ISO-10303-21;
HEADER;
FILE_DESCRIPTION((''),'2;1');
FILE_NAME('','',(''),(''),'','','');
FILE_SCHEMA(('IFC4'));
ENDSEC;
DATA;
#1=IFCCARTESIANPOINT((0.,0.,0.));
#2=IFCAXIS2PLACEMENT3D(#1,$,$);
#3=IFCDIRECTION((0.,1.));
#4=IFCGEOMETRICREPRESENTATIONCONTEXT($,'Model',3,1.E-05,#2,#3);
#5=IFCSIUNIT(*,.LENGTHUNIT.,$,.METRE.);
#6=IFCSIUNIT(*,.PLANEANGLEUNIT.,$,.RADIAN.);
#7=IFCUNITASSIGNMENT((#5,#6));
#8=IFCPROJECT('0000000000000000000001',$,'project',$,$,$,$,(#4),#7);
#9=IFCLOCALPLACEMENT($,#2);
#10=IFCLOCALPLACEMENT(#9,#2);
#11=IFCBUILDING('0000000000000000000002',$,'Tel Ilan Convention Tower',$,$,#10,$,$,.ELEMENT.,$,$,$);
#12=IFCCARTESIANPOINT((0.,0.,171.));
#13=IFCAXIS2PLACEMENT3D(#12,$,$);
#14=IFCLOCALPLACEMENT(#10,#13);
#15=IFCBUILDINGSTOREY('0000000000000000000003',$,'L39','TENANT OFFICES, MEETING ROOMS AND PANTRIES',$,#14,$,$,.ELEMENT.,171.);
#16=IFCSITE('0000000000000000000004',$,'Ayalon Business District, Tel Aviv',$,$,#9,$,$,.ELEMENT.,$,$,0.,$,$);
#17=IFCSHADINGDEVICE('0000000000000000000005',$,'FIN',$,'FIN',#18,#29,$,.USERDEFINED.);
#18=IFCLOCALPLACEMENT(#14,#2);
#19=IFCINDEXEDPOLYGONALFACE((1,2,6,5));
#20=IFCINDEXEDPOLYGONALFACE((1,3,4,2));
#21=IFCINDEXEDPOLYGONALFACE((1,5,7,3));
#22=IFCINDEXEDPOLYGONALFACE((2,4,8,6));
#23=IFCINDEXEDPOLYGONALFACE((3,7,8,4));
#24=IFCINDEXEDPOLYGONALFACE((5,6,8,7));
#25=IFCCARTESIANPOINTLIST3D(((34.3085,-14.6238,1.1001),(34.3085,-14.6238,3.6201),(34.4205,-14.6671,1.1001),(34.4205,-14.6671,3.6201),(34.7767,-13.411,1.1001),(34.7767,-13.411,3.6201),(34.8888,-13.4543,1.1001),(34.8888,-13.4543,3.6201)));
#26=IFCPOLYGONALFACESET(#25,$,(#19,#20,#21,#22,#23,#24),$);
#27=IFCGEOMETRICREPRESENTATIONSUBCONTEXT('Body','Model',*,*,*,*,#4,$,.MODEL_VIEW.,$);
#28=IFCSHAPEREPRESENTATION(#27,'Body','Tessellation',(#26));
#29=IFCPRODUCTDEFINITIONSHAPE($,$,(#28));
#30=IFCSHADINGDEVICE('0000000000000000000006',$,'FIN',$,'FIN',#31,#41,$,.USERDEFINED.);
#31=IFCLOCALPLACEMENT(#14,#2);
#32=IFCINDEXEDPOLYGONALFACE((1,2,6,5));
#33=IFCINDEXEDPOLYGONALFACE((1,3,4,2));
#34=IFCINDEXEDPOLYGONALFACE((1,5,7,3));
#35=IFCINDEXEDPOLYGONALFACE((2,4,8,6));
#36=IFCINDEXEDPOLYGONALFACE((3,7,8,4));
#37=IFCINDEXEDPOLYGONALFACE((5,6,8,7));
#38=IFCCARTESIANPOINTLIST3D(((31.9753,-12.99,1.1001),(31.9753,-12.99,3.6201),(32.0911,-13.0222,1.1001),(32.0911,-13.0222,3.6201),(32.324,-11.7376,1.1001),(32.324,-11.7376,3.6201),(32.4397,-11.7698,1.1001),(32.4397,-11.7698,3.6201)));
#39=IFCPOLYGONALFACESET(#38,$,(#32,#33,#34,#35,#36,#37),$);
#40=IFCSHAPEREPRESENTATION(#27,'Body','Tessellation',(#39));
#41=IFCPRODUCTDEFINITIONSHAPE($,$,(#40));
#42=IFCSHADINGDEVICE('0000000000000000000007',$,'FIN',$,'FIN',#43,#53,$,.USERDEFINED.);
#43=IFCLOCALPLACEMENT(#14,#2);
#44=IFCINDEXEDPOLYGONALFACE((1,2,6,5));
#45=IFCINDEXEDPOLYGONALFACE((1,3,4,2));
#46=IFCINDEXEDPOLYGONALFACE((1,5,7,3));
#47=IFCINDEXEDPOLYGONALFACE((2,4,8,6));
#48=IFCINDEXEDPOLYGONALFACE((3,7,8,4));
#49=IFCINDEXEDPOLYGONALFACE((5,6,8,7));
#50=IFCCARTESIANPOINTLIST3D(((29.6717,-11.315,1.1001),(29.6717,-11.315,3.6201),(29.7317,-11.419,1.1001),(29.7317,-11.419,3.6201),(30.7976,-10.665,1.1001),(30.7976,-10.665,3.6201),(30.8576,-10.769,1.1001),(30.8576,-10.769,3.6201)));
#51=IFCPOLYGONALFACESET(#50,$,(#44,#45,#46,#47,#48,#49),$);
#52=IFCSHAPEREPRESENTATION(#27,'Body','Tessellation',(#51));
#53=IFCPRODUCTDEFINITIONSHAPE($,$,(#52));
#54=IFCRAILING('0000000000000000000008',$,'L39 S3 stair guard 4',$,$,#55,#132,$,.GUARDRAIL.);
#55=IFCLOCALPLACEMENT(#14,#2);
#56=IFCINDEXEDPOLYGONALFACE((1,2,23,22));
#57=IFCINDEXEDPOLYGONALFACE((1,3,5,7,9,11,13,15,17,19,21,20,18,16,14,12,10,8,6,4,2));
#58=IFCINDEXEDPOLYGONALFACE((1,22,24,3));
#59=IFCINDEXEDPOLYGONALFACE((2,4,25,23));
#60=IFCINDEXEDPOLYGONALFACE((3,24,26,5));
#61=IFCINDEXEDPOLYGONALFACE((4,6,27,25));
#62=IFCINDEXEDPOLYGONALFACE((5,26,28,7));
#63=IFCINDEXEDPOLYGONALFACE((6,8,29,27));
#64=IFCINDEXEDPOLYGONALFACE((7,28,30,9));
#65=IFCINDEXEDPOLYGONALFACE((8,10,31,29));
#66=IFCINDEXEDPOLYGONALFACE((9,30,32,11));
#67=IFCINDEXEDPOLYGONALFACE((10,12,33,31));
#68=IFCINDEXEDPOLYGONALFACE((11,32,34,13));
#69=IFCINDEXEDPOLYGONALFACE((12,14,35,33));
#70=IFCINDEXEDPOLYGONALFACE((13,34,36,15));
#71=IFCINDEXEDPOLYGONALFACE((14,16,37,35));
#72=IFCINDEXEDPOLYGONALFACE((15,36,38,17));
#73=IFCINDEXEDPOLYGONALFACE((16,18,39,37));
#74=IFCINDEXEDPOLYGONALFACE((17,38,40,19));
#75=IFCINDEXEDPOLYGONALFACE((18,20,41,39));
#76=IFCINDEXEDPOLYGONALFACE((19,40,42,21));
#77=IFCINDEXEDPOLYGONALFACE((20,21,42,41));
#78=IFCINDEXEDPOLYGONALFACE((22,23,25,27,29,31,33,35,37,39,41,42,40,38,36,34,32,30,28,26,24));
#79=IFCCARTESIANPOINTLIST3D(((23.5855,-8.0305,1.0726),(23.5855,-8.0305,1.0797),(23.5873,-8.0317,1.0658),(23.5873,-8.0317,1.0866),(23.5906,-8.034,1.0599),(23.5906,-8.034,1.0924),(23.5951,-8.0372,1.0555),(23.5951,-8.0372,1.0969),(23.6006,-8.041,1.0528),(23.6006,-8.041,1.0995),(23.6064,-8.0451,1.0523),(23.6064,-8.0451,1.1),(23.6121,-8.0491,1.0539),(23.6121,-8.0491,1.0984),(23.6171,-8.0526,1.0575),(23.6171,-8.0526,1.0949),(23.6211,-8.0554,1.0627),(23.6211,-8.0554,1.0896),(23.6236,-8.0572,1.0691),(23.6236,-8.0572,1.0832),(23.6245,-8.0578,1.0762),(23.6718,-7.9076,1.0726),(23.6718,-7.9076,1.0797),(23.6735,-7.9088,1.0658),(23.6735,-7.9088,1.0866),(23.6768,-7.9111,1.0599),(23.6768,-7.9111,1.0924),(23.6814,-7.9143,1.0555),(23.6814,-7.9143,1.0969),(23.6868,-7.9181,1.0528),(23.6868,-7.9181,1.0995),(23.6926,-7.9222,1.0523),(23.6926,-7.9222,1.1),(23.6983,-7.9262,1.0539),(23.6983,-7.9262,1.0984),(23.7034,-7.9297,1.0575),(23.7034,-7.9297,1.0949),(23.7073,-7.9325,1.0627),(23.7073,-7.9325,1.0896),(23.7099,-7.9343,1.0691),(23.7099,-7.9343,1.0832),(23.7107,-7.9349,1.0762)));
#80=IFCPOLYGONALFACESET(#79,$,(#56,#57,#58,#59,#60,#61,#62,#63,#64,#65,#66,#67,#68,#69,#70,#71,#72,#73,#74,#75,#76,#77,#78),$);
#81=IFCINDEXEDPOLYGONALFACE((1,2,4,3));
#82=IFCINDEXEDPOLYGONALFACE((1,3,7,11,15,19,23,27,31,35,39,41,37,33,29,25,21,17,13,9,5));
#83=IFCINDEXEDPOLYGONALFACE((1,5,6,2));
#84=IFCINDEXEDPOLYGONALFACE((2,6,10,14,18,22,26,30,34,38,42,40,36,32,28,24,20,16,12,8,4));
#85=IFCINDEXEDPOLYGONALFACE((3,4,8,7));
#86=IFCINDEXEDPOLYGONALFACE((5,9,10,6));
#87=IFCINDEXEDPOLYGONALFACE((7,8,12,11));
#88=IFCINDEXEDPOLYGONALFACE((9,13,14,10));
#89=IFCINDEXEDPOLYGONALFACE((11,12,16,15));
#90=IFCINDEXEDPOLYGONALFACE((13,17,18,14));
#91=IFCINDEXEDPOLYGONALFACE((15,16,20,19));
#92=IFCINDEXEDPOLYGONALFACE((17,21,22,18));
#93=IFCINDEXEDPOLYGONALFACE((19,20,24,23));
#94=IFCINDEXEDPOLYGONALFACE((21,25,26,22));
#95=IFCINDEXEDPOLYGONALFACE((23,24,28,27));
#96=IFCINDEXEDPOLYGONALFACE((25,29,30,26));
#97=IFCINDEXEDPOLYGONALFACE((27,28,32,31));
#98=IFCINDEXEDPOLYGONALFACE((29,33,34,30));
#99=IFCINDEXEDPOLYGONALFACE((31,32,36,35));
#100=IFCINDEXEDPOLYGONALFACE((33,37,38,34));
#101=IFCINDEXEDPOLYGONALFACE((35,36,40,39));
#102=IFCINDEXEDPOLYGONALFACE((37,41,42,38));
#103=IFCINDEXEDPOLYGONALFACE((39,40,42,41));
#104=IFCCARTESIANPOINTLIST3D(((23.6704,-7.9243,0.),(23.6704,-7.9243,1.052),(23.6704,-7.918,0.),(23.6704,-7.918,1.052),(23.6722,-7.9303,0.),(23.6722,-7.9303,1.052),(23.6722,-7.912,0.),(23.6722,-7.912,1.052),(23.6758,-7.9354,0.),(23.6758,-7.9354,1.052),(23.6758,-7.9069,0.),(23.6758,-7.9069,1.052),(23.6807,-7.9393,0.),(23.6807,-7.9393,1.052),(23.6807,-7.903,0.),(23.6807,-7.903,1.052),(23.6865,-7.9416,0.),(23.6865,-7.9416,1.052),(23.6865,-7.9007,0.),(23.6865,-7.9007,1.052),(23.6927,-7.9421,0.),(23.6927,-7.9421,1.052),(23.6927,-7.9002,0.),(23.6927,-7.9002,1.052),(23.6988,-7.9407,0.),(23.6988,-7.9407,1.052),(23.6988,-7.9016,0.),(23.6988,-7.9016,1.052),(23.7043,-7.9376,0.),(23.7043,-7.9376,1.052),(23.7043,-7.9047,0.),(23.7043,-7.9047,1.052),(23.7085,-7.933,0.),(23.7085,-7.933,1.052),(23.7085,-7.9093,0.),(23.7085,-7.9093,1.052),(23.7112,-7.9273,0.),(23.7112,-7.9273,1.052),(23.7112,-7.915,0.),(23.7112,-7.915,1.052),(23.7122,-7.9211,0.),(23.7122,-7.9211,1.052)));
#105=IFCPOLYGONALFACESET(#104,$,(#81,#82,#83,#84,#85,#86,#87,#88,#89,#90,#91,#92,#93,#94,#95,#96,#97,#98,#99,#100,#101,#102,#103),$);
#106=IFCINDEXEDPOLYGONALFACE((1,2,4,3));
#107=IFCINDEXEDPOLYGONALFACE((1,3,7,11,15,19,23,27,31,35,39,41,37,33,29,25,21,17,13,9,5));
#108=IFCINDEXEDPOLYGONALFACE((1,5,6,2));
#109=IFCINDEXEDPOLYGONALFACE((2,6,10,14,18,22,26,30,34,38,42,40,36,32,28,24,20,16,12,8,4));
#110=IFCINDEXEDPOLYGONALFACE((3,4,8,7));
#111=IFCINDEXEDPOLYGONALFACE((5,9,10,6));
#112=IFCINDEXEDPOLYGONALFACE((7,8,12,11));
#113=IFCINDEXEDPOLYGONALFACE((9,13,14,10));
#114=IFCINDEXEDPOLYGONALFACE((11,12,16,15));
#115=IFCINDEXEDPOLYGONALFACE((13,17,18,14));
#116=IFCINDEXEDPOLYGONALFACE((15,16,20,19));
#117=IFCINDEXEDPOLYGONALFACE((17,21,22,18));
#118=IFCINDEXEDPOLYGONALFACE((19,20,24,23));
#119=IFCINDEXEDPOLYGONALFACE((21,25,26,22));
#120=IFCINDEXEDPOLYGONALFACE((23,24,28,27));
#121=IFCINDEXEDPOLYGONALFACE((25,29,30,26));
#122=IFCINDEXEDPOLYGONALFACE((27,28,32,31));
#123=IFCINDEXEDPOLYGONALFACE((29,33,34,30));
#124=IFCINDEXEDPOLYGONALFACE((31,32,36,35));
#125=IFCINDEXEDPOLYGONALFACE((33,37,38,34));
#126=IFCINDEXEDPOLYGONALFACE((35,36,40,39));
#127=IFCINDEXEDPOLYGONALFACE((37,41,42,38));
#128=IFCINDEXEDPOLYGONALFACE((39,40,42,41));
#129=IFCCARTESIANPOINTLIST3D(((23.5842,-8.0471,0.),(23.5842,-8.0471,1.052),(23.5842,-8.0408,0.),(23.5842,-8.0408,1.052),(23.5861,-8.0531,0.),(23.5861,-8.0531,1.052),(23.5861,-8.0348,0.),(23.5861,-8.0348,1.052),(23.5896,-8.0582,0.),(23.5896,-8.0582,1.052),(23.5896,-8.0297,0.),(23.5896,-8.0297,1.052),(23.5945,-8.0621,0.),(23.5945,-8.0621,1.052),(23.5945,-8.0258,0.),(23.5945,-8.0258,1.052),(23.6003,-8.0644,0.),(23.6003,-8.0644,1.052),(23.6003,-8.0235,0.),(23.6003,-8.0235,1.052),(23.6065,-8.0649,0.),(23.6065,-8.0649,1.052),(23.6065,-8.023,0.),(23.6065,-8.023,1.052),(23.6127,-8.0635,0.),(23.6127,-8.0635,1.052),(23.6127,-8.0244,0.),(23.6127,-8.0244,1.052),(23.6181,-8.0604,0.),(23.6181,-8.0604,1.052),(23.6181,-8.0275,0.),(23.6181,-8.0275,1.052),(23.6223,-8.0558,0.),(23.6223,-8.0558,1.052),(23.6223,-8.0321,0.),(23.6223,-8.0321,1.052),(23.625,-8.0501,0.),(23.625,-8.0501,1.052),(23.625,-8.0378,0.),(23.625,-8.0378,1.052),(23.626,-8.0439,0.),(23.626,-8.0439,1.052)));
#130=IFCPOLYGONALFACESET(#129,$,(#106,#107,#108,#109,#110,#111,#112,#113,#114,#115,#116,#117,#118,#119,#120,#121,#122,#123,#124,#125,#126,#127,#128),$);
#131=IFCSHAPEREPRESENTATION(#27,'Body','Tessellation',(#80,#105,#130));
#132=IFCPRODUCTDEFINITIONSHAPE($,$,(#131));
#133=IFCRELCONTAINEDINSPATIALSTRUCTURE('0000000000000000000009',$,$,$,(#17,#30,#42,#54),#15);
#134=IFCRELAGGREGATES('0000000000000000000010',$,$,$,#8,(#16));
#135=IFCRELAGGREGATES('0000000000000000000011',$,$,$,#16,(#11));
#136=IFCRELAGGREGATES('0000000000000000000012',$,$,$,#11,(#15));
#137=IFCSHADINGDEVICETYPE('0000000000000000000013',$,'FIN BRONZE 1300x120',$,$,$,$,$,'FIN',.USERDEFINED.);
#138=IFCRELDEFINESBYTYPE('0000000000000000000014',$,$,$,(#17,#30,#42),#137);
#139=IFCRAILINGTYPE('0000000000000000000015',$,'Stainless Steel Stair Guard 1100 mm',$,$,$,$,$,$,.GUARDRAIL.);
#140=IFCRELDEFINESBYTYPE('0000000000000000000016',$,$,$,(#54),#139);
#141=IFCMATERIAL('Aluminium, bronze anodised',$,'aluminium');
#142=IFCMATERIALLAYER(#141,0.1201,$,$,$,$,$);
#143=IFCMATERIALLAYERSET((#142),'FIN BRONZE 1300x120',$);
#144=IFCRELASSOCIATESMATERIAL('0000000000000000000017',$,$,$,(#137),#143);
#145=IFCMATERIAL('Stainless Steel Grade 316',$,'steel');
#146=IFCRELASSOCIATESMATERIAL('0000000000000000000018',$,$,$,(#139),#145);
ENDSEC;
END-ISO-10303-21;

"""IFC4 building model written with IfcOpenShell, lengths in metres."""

from ifc_helpers import new_model, si_unit, direction, frame, origin, origin_2d, place, context, subcontext, project, spatial, rectangle, circle, extrude, material, layer, layer_set, type_object, element, save


model = new_model("IFC4")

# Units and contexts
model_context = context("Model", 3, precision=1e-05, world=origin(), true_north=direction((0.0, 1.0)))
body_context = subcontext(model_context, "Body", "Model", "MODEL_VIEW")
ifc_project = project(units=[si_unit("LENGTHUNIT", "METRE"), si_unit("PLANEANGLEUNIT", "RADIAN")], contexts=[model_context])

# Site, building, storey
site_placement = place(None, origin())
site = spatial("IfcSite", under=ifc_project, at=site_placement, Name="Ayalon Business District, Tel Aviv", CompositionType="ELEMENT", RefElevation=0.0)
building_placement = place(site_placement, origin())
building = spatial("IfcBuilding", under=site, at=building_placement, Name="Tel Ilan Convention Tower", CompositionType="ELEMENT")
storey_placement = place(building_placement, frame((0.0, 0.0, 171.0)))
storey = spatial("IfcBuildingStorey", under=building, at=storey_placement, Name="L39", Description="TENANT OFFICES, MEETING ROOMS AND PANTRIES", CompositionType="ELEMENT", Elevation=171.0)

# Shading devices
ifc_material_1 = material(Name="Aluminium, bronze anodised", Category="aluminium")
ifc_layer_1 = layer(ifc_material_1, 0.1201)
ifc_layer_set_1 = layer_set([ifc_layer_1], Name="FIN BRONZE 1300x120")
shading_device_type = type_object("IfcShadingDeviceType", Name="FIN BRONZE 1300x120", ElementType="FIN", PredefinedType="USERDEFINED", material=ifc_layer_set_1)
for number, where, z_axis, x_axis, name in (
    (1, (34.5986, -14.0391, 1.1001), (0.0, 0.0, 1.0), (0.360178, 0.932884, 0.0), "FIN"),
    (2, (32.2075, -12.3799, 1.1001), (0.0, 0.0, 1.0), (0.268173, 0.963371, 0.0), "FIN"),
    (3, (30.2646, -11.042, 1.1001), (0.0, 0.0, 1.0), (0.866025, 0.5, 0.0), "FIN"),
):
    element("IfcShadingDevice", number, at=place(storey_placement, frame(where, z_axis=z_axis, x_axis=x_axis)), inside=storey, type_object=shading_device_type, Name=name, ObjectType="FIN", PredefinedType="USERDEFINED", context=body_context, shape_type="SweptSolid", body=[
        extrude(rectangle(XDim=1.3, YDim=0.1201, at=origin_2d()), origin(), (0.0, 0.0, 1.0), 2.52),
    ])

# Railing
ifc_material_2 = material(Name="Stainless Steel Grade 316", Category="steel")
railing_type_1 = type_object("IfcRailingType", Name="Stainless Steel Stair Guard 1100 mm", PredefinedType="GUARDRAIL", material=ifc_material_2)
railing_1_placement = place(storey_placement, frame((23.6912, -7.9211, 0.0)))
element("IfcRailing", 4, at=railing_1_placement, inside=storey, type_object=railing_type_1, Name="L39 S3 stair guard 4", PredefinedType="GUARDRAIL", context=body_context, shape_type="SweptSolid", body=[
    extrude(circle(Radius=0.0239, at=origin_2d()), frame((0.0, 0.0, 1.0762), z_axis=(-0.574445, -0.818543, 0.0), x_axis=(0.818543, -0.574445, 0.0)), (0.0, 0.0, 1.0), 0.1501),
    extrude(circle(Radius=0.021, at=origin_2d()), origin(), (0.0, 0.0, 1.0), 1.052),
    extrude(circle(Radius=0.021, at=origin_2d()), frame((-0.0862, -0.1228, 0.0)), (0.0, 0.0, 1.0), 1.052),
])

save(model, "model.ifc")
